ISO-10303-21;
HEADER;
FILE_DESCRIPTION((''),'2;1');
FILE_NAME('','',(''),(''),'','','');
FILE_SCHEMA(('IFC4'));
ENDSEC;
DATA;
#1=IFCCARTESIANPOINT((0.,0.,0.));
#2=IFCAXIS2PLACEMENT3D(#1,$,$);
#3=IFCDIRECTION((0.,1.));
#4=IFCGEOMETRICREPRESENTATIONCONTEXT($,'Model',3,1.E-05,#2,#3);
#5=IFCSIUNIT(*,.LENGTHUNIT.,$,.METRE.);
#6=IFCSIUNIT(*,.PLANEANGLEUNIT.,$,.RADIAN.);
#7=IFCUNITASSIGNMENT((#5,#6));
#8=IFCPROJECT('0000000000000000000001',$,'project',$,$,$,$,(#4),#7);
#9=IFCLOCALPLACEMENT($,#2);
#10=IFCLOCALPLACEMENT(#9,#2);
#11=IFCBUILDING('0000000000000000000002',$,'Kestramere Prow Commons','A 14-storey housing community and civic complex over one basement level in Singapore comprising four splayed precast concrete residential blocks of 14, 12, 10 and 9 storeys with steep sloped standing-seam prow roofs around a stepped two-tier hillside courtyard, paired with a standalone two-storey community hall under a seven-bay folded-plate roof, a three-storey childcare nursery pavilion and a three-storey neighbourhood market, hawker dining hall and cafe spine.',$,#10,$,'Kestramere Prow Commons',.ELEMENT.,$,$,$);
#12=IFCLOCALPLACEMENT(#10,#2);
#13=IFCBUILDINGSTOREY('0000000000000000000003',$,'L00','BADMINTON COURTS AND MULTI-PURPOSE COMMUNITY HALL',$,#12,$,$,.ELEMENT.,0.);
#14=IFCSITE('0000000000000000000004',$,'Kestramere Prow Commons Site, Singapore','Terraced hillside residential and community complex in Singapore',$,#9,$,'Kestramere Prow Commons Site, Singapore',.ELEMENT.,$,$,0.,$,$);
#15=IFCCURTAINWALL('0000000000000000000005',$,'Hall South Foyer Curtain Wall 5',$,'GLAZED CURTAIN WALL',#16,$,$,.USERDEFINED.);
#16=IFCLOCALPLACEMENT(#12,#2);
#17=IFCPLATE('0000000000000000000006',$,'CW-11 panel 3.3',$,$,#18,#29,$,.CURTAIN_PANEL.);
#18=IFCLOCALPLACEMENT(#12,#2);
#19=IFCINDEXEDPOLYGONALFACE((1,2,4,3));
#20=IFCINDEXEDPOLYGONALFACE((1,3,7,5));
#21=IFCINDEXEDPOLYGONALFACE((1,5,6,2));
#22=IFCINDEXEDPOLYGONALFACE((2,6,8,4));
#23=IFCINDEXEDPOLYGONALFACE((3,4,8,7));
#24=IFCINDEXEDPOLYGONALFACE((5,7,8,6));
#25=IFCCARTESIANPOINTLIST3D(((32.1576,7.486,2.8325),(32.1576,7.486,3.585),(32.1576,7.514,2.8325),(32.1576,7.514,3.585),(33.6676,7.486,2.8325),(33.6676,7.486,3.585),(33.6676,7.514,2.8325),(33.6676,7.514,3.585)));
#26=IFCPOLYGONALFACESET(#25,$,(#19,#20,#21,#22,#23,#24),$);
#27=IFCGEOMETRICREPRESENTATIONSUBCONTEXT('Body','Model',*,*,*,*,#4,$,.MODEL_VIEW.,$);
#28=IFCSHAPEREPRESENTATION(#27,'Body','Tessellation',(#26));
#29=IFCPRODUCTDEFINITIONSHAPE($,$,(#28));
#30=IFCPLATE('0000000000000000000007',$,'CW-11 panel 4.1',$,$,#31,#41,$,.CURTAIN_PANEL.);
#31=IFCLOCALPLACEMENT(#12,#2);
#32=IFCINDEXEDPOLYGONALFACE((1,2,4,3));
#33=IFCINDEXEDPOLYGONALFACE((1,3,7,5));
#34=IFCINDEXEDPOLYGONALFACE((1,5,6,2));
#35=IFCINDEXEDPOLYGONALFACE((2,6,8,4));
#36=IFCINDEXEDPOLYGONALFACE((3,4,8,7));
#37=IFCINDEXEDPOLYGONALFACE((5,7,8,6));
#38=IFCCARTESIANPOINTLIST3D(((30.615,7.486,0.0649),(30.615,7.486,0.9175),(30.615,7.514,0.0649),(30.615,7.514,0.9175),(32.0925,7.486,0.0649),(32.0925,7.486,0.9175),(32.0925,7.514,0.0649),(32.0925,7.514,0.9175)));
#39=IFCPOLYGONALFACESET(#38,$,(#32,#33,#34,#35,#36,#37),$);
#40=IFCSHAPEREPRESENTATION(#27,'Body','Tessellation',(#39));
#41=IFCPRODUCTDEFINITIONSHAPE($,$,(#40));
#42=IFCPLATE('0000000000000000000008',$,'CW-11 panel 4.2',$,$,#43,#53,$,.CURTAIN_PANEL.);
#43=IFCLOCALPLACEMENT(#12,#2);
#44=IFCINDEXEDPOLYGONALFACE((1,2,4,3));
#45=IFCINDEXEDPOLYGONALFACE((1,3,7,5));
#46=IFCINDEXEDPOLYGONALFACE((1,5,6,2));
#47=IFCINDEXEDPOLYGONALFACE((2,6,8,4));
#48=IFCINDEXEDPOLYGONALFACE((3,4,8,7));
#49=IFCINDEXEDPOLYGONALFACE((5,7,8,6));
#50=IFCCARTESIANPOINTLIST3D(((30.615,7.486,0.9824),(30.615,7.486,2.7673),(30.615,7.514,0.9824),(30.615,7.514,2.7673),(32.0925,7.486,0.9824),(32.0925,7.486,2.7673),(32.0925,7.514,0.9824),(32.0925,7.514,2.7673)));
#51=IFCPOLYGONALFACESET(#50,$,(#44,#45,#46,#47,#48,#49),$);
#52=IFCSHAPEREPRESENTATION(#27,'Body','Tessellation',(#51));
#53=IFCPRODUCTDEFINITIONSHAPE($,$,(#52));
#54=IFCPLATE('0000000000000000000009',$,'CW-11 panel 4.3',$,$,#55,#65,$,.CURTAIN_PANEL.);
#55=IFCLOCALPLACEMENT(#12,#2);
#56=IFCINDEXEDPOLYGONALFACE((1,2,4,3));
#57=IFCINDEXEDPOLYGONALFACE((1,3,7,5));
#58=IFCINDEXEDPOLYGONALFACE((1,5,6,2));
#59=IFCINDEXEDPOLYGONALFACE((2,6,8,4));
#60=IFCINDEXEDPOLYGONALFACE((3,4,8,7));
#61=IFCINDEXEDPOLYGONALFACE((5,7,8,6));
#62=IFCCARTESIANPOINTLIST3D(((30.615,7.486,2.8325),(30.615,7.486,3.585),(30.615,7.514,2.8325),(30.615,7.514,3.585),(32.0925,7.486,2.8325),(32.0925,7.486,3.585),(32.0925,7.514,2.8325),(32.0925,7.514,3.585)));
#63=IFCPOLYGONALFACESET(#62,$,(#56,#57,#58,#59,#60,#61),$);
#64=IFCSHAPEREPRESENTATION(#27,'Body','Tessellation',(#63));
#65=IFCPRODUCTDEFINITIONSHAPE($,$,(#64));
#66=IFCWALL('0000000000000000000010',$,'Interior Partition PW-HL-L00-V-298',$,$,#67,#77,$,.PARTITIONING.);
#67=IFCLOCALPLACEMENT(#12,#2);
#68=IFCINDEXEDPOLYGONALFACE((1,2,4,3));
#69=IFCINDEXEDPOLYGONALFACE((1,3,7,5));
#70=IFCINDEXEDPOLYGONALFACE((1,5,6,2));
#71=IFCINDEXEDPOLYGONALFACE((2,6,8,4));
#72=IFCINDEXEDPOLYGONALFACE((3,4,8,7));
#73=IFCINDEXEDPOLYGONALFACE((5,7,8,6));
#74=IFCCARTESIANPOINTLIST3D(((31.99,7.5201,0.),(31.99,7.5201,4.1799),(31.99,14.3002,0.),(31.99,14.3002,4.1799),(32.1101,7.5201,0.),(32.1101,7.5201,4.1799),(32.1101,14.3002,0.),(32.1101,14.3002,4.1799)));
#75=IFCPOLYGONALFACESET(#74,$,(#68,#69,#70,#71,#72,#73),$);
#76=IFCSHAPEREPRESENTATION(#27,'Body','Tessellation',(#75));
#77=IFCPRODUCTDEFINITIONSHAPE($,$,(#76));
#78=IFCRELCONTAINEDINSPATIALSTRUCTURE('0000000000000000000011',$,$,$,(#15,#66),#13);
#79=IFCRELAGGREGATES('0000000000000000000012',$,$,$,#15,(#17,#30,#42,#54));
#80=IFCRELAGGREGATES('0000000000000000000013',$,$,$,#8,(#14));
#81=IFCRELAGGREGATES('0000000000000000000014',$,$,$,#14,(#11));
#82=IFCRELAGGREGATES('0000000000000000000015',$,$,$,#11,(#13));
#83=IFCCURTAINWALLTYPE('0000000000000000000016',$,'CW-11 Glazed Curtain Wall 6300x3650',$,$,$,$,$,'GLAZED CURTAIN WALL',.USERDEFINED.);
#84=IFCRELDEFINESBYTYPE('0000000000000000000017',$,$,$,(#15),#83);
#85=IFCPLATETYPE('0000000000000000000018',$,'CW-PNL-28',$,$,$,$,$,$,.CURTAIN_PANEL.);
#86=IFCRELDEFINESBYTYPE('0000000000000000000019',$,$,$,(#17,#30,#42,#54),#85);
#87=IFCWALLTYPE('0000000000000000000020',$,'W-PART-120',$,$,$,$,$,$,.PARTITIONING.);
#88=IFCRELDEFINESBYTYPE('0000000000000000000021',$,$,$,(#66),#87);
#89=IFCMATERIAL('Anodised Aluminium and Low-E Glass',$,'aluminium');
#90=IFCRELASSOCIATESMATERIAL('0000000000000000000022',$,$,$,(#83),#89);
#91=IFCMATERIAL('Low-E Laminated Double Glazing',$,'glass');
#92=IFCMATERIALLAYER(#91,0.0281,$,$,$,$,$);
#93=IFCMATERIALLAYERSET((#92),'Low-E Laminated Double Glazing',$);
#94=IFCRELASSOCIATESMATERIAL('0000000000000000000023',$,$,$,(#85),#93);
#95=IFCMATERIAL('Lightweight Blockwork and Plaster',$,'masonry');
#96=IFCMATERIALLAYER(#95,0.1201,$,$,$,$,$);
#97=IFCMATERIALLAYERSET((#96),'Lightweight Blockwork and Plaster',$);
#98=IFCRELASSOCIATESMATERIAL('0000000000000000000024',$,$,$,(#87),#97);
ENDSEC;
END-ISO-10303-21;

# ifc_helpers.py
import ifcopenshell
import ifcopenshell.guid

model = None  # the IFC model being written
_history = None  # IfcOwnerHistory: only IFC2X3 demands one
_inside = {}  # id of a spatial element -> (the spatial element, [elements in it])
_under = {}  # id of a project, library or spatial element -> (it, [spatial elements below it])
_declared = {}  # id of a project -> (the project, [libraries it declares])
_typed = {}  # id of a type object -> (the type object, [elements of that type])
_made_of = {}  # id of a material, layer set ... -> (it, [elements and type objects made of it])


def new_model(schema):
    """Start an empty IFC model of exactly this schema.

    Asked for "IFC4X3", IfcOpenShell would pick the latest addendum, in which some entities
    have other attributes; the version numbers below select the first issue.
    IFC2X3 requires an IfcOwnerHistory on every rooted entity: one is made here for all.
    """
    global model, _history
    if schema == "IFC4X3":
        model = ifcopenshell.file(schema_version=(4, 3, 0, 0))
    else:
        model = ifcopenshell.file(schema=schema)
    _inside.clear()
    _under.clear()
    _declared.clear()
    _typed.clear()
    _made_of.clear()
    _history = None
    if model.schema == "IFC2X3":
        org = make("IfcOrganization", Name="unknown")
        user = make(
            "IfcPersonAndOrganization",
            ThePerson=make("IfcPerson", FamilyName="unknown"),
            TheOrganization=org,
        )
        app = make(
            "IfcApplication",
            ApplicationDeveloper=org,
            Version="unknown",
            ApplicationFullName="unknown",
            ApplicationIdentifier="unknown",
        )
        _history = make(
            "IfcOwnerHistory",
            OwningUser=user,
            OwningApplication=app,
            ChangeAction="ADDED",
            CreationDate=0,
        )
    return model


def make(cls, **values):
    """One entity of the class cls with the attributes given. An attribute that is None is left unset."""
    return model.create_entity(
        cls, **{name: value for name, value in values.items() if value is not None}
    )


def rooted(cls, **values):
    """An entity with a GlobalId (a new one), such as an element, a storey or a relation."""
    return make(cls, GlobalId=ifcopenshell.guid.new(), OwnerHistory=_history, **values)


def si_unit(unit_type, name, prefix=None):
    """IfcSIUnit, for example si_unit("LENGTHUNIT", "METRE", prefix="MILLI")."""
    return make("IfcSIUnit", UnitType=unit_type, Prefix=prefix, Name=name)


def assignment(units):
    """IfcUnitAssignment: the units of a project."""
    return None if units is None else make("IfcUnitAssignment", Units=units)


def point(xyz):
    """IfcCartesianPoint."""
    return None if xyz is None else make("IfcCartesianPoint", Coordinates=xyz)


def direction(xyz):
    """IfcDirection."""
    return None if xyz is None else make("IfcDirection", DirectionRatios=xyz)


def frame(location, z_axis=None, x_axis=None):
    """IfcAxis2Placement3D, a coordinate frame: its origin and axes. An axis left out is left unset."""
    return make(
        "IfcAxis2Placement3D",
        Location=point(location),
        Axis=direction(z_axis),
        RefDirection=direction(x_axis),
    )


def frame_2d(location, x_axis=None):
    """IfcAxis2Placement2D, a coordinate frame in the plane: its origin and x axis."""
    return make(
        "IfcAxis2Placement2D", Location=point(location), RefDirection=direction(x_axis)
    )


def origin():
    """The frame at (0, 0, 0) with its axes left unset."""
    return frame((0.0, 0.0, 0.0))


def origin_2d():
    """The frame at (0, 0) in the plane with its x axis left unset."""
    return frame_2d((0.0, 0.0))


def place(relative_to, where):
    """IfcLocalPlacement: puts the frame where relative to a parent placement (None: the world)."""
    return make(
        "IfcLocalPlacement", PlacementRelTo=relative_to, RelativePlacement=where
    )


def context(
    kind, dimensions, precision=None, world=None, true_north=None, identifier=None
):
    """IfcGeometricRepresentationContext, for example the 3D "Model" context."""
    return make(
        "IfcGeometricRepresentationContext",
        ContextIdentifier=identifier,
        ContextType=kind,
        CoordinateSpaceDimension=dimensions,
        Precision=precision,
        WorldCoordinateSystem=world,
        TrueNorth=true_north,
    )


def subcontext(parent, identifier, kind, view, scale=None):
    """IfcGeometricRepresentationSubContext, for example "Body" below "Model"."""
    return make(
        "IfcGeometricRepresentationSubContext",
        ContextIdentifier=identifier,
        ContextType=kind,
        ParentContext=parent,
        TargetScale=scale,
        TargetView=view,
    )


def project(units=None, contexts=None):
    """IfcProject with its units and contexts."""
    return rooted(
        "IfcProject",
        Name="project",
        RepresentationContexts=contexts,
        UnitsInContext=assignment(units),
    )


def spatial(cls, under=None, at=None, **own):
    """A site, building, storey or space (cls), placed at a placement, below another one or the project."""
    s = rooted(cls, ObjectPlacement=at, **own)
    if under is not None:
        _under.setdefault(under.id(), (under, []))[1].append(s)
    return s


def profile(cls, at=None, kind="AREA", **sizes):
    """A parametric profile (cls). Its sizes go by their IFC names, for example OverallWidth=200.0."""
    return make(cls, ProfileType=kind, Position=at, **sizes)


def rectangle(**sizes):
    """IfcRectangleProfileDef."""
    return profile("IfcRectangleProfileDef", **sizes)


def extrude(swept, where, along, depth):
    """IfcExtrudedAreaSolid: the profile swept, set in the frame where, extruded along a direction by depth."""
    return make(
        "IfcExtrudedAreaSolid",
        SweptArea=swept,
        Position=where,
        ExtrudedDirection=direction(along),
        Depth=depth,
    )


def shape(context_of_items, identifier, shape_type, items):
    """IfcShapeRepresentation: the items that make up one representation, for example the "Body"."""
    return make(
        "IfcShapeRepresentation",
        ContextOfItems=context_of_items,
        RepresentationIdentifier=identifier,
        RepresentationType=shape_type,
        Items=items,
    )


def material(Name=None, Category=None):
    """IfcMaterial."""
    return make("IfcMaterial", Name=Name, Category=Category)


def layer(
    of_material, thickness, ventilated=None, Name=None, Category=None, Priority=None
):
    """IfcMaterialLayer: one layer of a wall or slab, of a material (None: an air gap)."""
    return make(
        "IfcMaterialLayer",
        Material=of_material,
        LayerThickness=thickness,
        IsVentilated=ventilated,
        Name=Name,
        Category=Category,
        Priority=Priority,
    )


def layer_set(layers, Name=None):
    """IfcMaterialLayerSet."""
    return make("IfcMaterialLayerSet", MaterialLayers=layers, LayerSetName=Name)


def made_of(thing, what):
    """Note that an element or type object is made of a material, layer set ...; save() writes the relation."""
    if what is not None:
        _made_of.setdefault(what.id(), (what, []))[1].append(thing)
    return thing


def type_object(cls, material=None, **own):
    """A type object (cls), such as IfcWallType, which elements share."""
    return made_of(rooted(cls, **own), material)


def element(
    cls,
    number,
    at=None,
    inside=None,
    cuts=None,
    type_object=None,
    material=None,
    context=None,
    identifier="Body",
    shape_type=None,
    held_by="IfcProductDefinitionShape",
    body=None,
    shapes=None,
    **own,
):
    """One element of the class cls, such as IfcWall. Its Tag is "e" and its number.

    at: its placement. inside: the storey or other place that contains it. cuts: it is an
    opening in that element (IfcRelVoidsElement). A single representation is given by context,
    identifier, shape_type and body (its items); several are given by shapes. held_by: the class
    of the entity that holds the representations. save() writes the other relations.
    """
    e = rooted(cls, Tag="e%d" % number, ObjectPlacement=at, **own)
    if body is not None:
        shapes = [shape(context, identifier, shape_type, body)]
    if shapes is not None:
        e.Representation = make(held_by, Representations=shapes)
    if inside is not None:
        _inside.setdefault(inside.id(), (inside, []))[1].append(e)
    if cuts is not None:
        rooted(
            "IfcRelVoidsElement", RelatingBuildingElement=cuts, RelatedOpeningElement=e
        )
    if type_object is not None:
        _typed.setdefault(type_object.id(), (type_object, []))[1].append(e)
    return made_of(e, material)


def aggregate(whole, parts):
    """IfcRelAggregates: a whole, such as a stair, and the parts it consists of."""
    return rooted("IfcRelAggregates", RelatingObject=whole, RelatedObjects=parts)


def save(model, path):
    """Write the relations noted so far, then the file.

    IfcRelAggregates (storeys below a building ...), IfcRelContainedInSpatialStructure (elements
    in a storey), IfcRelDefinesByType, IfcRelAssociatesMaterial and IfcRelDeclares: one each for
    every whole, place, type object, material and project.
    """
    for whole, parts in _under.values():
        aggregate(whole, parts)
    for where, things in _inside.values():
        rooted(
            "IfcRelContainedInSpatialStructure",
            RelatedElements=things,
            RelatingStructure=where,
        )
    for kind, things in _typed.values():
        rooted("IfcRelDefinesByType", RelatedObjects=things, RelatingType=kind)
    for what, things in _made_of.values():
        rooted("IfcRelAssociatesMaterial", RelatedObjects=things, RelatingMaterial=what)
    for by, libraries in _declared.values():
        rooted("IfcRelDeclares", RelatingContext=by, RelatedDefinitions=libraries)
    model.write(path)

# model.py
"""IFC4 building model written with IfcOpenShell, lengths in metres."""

from ifc_helpers import new_model, si_unit, direction, frame, frame_2d, origin, origin_2d, place, context, subcontext, project, spatial, rectangle, extrude, material, layer, layer_set, type_object, element, aggregate, save


model = new_model("IFC4")

# Units and contexts
model_context = context("Model", 3, precision=1e-05, world=origin(), true_north=direction((0.0, 1.0)))
body_context = subcontext(model_context, "Body", "Model", "MODEL_VIEW")
ifc_project = project(units=[si_unit("LENGTHUNIT", "METRE"), si_unit("PLANEANGLEUNIT", "RADIAN")], contexts=[model_context])

# Site, building, storey
site_placement = place(None, origin())
site = spatial("IfcSite", under=ifc_project, at=site_placement, Name="Kestramere Prow Commons Site, Singapore", Description="Terraced hillside residential and community complex in Singapore", LongName="Kestramere Prow Commons Site, Singapore", CompositionType="ELEMENT", RefElevation=0.0)
building_placement = place(site_placement, origin())
building = spatial("IfcBuilding", under=site, at=building_placement, Name="Kestramere Prow Commons", Description="A 14-storey housing community and civic complex over one basement level in Singapore comprising four splayed precast concrete residential blocks of 14, 12, 10 and 9 storeys with steep sloped standing-seam prow roofs around a stepped two-tier hillside courtyard, paired with a standalone two-storey community hall under a seven-bay folded-plate roof, a three-storey childcare nursery pavilion and a three-storey neighbourhood market, hawker dining hall and cafe spine.", LongName="Kestramere Prow Commons", CompositionType="ELEMENT")
storey_placement = place(building_placement, origin())
storey = spatial("IfcBuildingStorey", under=building, at=storey_placement, Name="L00", Description="BADMINTON COURTS AND MULTI-PURPOSE COMMUNITY HALL", CompositionType="ELEMENT", Elevation=0.0)

# Curtain wall
ifc_material_1 = material(Name="Anodised Aluminium and Low-E Glass", Category="aluminium")
curtain_wall_type = type_object("IfcCurtainWallType", Name="CW-11 Glazed Curtain Wall 6300x3650", ElementType="GLAZED CURTAIN WALL", PredefinedType="USERDEFINED", material=ifc_material_1)
curtain_wall_placement = place(storey_placement, origin())
curtain_wall = element("IfcCurtainWall", 1, at=curtain_wall_placement, inside=storey, type_object=curtain_wall_type, Name="Hall South Foyer Curtain Wall 5", ObjectType="GLAZED CURTAIN WALL", PredefinedType="USERDEFINED")

# Plates
ifc_material_2 = material(Name="Low-E Laminated Double Glazing", Category="glass")
ifc_layer_1 = layer(ifc_material_2, 0.0281)
ifc_layer_set_1 = layer_set([ifc_layer_1], Name="Low-E Laminated Double Glazing")
plate_type = type_object("IfcPlateType", Name="CW-PNL-28", PredefinedType="CURTAIN_PANEL", material=ifc_layer_set_1)
plate_1_placement = place(storey_placement, frame((32.9126, 7.5, 2.8325), z_axis=(0.0, 0.0, 1.0), x_axis=(-1.0, 0.0, 0.0)))
plate_1 = element("IfcPlate", 2, at=plate_1_placement, type_object=plate_type, Name="CW-11 panel 3.3", PredefinedType="CURTAIN_PANEL", context=body_context, shape_type="SweptSolid", body=[
    extrude(rectangle(XDim=1.51, YDim=0.0281, at=origin_2d()), origin(), (0.0, 0.0, 1.0), 0.7524),
])
plate_2_placement = place(storey_placement, frame((31.3538, 7.5, 0.0649), z_axis=(0.0, 0.0, 1.0), x_axis=(-1.0, 0.0, 0.0)))
plate_2 = element("IfcPlate", 3, at=plate_2_placement, type_object=plate_type, Name="CW-11 panel 4.1", PredefinedType="CURTAIN_PANEL", context=body_context, shape_type="SweptSolid", body=[
    extrude(rectangle(XDim=1.4775, YDim=0.0281, at=origin_2d()), origin(), (0.0, 0.0, 1.0), 0.8525),
])
plate_3_placement = place(storey_placement, frame((31.3538, 7.5, 0.9824), z_axis=(0.0, 0.0, 1.0), x_axis=(-1.0, 0.0, 0.0)))
plate_3 = element("IfcPlate", 4, at=plate_3_placement, type_object=plate_type, Name="CW-11 panel 4.2", PredefinedType="CURTAIN_PANEL", context=body_context, shape_type="SweptSolid", body=[
    extrude(rectangle(XDim=1.4775, YDim=0.0281, at=origin_2d()), origin(), (0.0, 0.0, 1.0), 1.7849),
])
plate_4_placement = place(storey_placement, frame((31.3538, 7.5, 2.8325), z_axis=(0.0, 0.0, 1.0), x_axis=(-1.0, 0.0, 0.0)))
plate_4 = element("IfcPlate", 5, at=plate_4_placement, type_object=plate_type, Name="CW-11 panel 4.3", PredefinedType="CURTAIN_PANEL", context=body_context, shape_type="SweptSolid", body=[
    extrude(rectangle(XDim=1.4775, YDim=0.0281, at=origin_2d()), origin(), (0.0, 0.0, 1.0), 0.7524),
])
aggregate(curtain_wall, [plate_1, plate_2, plate_3, plate_4])

# Wall
ifc_material_3 = material(Name="Lightweight Blockwork and Plaster", Category="masonry")
ifc_layer_2 = layer(ifc_material_3, 0.1201)
ifc_layer_set_2 = layer_set([ifc_layer_2], Name="Lightweight Blockwork and Plaster")
wall_type = type_object("IfcWallType", Name="W-PART-120", PredefinedType="PARTITIONING", material=ifc_layer_set_2)
wall_placement = place(storey_placement, frame((32.05, 7.52, 0.0), z_axis=(0.0, 0.0, 1.0), x_axis=(0.0, 1.0, 0.0)))
element("IfcWall", 6, at=wall_placement, inside=storey, type_object=wall_type, Name="Interior Partition PW-HL-L00-V-298", PredefinedType="PARTITIONING", context=body_context, shape_type="SweptSolid", body=[
    extrude(rectangle(XDim=6.78, YDim=0.1201, at=frame_2d((3.3901, 0.0))), origin(), (0.0, 0.0, 1.0), 4.1799),
])

save(model, "model.ifc")
